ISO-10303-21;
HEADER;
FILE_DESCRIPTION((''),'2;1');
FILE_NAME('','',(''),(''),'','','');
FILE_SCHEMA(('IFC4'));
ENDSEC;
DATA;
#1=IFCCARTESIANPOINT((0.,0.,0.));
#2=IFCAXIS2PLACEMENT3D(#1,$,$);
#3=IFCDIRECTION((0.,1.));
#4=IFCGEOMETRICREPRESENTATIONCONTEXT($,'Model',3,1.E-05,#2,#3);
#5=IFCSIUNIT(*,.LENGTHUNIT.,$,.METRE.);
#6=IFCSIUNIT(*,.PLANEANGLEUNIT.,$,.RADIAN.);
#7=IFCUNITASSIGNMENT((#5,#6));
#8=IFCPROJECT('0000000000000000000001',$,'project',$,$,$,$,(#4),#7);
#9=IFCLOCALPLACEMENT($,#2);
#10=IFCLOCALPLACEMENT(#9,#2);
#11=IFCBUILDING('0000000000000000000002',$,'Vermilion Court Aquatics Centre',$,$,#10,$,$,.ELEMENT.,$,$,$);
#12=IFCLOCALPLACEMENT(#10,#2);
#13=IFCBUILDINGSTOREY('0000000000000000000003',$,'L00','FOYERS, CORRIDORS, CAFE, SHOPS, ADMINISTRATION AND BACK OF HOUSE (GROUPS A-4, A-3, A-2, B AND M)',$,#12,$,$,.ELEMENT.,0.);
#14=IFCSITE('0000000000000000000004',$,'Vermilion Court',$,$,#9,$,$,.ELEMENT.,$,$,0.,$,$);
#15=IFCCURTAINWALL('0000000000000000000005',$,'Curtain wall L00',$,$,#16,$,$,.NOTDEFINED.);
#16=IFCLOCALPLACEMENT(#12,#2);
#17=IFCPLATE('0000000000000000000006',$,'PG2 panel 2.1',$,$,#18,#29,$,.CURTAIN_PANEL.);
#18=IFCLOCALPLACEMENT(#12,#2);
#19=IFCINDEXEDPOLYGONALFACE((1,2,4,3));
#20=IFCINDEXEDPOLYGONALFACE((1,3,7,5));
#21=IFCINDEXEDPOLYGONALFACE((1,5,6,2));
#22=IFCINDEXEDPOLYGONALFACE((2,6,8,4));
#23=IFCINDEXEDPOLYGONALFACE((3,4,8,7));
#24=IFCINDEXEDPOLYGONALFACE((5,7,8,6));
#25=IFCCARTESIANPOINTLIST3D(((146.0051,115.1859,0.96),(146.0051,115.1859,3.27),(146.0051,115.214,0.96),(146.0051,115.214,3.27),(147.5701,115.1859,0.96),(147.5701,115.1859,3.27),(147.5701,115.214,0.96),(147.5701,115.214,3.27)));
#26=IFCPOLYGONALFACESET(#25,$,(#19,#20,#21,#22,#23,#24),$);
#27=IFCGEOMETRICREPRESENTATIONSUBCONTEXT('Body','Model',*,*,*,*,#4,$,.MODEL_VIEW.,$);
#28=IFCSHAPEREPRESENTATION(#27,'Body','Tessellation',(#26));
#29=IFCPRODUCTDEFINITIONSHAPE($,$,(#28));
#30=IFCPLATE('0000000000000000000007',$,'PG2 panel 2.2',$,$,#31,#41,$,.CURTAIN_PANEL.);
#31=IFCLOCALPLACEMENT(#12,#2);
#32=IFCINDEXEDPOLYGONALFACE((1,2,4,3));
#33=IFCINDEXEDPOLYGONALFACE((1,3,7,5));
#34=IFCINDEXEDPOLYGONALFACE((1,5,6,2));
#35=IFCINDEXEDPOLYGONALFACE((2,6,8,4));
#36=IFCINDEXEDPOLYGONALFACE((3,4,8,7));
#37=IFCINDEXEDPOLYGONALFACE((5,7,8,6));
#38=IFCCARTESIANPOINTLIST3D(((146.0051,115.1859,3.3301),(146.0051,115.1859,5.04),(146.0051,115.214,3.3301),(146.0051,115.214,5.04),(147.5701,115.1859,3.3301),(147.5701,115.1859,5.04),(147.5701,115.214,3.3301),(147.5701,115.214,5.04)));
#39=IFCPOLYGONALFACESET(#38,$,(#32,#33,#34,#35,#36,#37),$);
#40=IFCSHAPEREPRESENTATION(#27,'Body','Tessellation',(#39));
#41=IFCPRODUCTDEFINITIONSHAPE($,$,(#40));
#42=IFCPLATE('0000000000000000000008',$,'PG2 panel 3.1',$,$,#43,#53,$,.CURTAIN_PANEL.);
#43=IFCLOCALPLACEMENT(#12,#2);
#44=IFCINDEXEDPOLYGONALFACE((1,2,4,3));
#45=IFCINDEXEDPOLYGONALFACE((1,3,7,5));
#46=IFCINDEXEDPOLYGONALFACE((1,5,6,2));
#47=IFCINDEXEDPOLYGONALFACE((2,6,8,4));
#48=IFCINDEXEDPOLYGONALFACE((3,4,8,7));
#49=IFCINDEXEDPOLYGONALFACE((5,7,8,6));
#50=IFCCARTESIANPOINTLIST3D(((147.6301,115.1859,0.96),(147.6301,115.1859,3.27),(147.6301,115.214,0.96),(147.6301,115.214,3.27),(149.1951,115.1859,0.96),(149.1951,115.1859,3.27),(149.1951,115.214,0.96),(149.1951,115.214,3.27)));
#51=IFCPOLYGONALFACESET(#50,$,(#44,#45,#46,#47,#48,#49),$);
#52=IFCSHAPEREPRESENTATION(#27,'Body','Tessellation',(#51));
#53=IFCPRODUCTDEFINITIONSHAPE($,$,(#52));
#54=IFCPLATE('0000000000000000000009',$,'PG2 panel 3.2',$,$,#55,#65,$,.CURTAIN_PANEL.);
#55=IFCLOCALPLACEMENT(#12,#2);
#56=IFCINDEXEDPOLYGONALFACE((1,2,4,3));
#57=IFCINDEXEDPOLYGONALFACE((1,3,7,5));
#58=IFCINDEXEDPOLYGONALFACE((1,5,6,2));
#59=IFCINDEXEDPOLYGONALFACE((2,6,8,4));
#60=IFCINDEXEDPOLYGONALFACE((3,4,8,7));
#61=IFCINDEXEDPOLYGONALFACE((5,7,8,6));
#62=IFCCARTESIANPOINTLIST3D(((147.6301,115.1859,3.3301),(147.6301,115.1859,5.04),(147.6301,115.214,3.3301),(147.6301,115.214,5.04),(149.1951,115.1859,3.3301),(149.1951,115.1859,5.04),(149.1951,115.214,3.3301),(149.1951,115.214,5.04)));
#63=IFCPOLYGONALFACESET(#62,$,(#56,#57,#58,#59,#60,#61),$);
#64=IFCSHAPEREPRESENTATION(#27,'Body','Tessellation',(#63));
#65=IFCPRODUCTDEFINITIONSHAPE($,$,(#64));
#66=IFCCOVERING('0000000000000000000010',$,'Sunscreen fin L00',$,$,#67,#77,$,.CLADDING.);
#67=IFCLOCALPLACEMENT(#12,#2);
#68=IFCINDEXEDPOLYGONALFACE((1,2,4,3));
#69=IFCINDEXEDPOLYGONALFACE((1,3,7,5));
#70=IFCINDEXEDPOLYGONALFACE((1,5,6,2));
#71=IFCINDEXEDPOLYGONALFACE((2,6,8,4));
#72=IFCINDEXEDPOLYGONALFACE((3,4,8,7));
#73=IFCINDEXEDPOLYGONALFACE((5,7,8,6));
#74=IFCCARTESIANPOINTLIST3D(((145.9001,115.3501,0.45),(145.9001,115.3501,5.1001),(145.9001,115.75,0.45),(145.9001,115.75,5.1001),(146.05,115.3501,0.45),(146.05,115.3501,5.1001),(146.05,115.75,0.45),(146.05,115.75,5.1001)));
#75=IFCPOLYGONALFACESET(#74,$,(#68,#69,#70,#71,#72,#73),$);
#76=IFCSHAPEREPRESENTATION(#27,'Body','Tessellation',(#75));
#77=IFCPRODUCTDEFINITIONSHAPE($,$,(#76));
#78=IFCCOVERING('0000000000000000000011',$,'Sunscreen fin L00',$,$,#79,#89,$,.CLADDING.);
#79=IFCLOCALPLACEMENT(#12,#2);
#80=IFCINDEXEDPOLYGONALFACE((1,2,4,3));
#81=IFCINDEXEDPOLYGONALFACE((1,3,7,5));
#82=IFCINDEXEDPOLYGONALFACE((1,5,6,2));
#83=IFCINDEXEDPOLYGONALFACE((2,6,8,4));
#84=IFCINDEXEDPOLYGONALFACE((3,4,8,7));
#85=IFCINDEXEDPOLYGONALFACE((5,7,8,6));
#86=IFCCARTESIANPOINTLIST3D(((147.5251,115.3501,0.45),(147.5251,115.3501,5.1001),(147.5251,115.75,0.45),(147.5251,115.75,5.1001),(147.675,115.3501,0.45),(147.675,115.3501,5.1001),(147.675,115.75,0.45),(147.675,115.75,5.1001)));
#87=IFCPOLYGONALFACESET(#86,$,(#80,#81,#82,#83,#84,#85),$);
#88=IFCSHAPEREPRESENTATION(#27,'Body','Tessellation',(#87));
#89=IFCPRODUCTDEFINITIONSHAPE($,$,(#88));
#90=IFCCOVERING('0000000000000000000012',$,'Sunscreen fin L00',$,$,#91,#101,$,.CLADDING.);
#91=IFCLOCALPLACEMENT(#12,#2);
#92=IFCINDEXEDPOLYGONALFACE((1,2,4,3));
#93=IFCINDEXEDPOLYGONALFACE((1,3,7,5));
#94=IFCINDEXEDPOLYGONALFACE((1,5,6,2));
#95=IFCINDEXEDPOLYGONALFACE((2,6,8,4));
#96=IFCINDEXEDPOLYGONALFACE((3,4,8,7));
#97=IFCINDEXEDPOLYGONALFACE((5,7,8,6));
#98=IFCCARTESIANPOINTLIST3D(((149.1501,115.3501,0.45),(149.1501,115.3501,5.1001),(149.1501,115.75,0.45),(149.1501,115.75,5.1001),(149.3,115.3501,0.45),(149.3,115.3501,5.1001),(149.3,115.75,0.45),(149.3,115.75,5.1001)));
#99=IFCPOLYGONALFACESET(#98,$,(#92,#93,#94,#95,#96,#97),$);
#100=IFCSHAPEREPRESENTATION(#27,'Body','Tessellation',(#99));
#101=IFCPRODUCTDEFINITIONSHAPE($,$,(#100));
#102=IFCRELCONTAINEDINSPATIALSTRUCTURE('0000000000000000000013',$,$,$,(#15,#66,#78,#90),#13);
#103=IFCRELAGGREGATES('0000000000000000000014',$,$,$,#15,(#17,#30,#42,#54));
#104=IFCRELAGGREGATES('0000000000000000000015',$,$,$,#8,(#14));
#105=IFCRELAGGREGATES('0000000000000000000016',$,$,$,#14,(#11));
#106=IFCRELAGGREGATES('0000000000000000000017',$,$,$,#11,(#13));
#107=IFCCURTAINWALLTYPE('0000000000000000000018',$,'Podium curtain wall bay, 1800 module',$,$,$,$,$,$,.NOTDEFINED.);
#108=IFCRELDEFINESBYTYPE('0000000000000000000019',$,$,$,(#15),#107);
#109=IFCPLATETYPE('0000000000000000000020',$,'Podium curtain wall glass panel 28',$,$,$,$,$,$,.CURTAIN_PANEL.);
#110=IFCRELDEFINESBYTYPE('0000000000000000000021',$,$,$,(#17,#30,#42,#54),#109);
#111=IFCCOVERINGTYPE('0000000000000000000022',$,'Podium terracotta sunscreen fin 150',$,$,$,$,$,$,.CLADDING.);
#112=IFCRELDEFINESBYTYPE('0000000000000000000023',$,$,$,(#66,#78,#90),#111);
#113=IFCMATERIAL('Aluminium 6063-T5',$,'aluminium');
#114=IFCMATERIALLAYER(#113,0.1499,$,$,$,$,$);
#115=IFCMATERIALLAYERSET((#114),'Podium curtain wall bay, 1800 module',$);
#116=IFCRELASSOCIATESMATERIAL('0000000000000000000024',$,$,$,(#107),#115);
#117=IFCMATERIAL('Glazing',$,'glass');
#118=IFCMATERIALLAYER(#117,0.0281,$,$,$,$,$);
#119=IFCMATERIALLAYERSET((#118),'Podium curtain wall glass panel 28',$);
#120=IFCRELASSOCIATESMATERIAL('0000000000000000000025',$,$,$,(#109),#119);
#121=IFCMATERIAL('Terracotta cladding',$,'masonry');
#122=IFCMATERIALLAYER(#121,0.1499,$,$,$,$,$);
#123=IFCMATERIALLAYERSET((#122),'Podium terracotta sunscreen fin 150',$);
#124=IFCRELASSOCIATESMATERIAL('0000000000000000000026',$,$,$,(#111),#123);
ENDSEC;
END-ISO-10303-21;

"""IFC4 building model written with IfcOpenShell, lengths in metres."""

from ifc_helpers import new_model, si_unit, direction, frame, frame_2d, origin, origin_2d, place, context, subcontext, project, spatial, rectangle, extrude, material, layer, layer_set, type_object, element, aggregate, save


model = new_model("IFC4")

# Units and contexts
model_context = context("Model", 3, precision=1e-05, world=origin(), true_north=direction((0.0, 1.0)))
body_context = subcontext(model_context, "Body", "Model", "MODEL_VIEW")
ifc_project = project(units=[si_unit("LENGTHUNIT", "METRE"), si_unit("PLANEANGLEUNIT", "RADIAN")], contexts=[model_context])

# Site, building, storey
site_placement = place(None, origin())
site = spatial("IfcSite", under=ifc_project, at=site_placement, Name="Vermilion Court", CompositionType="ELEMENT", RefElevation=0.0)
building_placement = place(site_placement, origin())
building = spatial("IfcBuilding", under=site, at=building_placement, Name="Vermilion Court Aquatics Centre", CompositionType="ELEMENT")
storey_placement = place(building_placement, origin())
storey = spatial("IfcBuildingStorey", under=building, at=storey_placement, Name="L00", Description="FOYERS, CORRIDORS, CAFE, SHOPS, ADMINISTRATION AND BACK OF HOUSE (GROUPS A-4, A-3, A-2, B AND M)", CompositionType="ELEMENT", Elevation=0.0)

# Curtain wall, plates
ifc_material_1 = material(Name="Aluminium 6063-T5", Category="aluminium")
ifc_layer_1 = layer(ifc_material_1, 0.1499)
ifc_layer_set_1 = layer_set([ifc_layer_1], Name="Podium curtain wall bay, 1800 module")
curtain_wall_type = type_object("IfcCurtainWallType", Name="Podium curtain wall bay, 1800 module", PredefinedType="NOTDEFINED", material=ifc_layer_set_1)
curtain_wall_placement = place(storey_placement, origin())
curtain_wall = element("IfcCurtainWall", 1, at=curtain_wall_placement, inside=storey, type_object=curtain_wall_type, Name="Curtain wall L00", PredefinedType="NOTDEFINED")
ifc_material_2 = material(Name="Glazing", Category="glass")
ifc_layer_2 = layer(ifc_material_2, 0.0281)
ifc_layer_set_2 = layer_set([ifc_layer_2], Name="Podium curtain wall glass panel 28")
plate_type = type_object("IfcPlateType", Name="Podium curtain wall glass panel 28", PredefinedType="CURTAIN_PANEL", material=ifc_layer_set_2)
plate_1_placement = place(storey_placement, frame((146.7876, 115.2, 0.96), z_axis=(0.0, 0.0, 1.0), x_axis=(1.0, 0.0, 0.0)))
plate_1 = element("IfcPlate", 2, at=plate_1_placement, type_object=plate_type, Name="PG2 panel 2.1", PredefinedType="CURTAIN_PANEL", context=body_context, shape_type="SweptSolid", body=[
    extrude(rectangle(XDim=1.5649, YDim=0.0281, at=origin_2d()), origin(), (0.0, 0.0, 1.0), 2.3101),
])
plate_2_placement = place(storey_placement, frame((146.7876, 115.2, 3.3301), z_axis=(0.0, 0.0, 1.0), x_axis=(1.0, 0.0, 0.0)))
plate_2 = element("IfcPlate", 3, at=plate_2_placement, type_object=plate_type, Name="PG2 panel 2.2", PredefinedType="CURTAIN_PANEL", context=body_context, shape_type="SweptSolid", body=[
    extrude(rectangle(XDim=1.5649, YDim=0.0281, at=origin_2d()), origin(), (0.0, 0.0, 1.0), 1.71),
])
plate_3_placement = place(storey_placement, frame((148.4126, 115.2, 0.96), z_axis=(0.0, 0.0, 1.0), x_axis=(1.0, 0.0, 0.0)))
plate_3 = element("IfcPlate", 4, at=plate_3_placement, type_object=plate_type, Name="PG2 panel 3.1", PredefinedType="CURTAIN_PANEL", context=body_context, shape_type="SweptSolid", body=[
    extrude(rectangle(XDim=1.5649, YDim=0.0281, at=origin_2d()), origin(), (0.0, 0.0, 1.0), 2.3101),
])
plate_4_placement = place(storey_placement, frame((148.4126, 115.2, 3.3301), z_axis=(0.0, 0.0, 1.0), x_axis=(1.0, 0.0, 0.0)))
plate_4 = element("IfcPlate", 5, at=plate_4_placement, type_object=plate_type, Name="PG2 panel 3.2", PredefinedType="CURTAIN_PANEL", context=body_context, shape_type="SweptSolid", body=[
    extrude(rectangle(XDim=1.5649, YDim=0.0281, at=origin_2d()), origin(), (0.0, 0.0, 1.0), 1.71),
])
aggregate(curtain_wall, [plate_1, plate_2, plate_3, plate_4])

# Coverings
ifc_material_3 = material(Name="Terracotta cladding", Category="masonry")
ifc_layer_3 = layer(ifc_material_3, 0.1499)
ifc_layer_set_3 = layer_set([ifc_layer_3], Name="Podium terracotta sunscreen fin 150")
covering_type = type_object("IfcCoveringType", Name="Podium terracotta sunscreen fin 150", PredefinedType="CLADDING", material=ifc_layer_set_3)
for number, where, z_axis, x_axis, name in (
    (6, (145.9751, 115.3501, 0.45), (0.0, 0.0, 1.0), (0.0, 1.0, 0.0), "Sunscreen fin L00"),
    (7, (147.6001, 115.3501, 0.45), (0.0, 0.0, 1.0), (0.0, 1.0, 0.0), "Sunscreen fin L00"),
    (8, (149.2251, 115.3501, 0.45), (0.0, 0.0, 1.0), (0.0, 1.0, 0.0), "Sunscreen fin L00"),
):
    element("IfcCovering", number, at=place(storey_placement, frame(where, z_axis=z_axis, x_axis=x_axis)), inside=storey, type_object=covering_type, Name=name, PredefinedType="CLADDING", context=body_context, shape_type="SweptSolid", body=[
        extrude(rectangle(XDim=0.3999, YDim=0.1499, at=frame_2d((0.2, 0.0))), origin(), (0.0, 0.0, 1.0), 4.6501),
    ])

save(model, "model.ifc")
